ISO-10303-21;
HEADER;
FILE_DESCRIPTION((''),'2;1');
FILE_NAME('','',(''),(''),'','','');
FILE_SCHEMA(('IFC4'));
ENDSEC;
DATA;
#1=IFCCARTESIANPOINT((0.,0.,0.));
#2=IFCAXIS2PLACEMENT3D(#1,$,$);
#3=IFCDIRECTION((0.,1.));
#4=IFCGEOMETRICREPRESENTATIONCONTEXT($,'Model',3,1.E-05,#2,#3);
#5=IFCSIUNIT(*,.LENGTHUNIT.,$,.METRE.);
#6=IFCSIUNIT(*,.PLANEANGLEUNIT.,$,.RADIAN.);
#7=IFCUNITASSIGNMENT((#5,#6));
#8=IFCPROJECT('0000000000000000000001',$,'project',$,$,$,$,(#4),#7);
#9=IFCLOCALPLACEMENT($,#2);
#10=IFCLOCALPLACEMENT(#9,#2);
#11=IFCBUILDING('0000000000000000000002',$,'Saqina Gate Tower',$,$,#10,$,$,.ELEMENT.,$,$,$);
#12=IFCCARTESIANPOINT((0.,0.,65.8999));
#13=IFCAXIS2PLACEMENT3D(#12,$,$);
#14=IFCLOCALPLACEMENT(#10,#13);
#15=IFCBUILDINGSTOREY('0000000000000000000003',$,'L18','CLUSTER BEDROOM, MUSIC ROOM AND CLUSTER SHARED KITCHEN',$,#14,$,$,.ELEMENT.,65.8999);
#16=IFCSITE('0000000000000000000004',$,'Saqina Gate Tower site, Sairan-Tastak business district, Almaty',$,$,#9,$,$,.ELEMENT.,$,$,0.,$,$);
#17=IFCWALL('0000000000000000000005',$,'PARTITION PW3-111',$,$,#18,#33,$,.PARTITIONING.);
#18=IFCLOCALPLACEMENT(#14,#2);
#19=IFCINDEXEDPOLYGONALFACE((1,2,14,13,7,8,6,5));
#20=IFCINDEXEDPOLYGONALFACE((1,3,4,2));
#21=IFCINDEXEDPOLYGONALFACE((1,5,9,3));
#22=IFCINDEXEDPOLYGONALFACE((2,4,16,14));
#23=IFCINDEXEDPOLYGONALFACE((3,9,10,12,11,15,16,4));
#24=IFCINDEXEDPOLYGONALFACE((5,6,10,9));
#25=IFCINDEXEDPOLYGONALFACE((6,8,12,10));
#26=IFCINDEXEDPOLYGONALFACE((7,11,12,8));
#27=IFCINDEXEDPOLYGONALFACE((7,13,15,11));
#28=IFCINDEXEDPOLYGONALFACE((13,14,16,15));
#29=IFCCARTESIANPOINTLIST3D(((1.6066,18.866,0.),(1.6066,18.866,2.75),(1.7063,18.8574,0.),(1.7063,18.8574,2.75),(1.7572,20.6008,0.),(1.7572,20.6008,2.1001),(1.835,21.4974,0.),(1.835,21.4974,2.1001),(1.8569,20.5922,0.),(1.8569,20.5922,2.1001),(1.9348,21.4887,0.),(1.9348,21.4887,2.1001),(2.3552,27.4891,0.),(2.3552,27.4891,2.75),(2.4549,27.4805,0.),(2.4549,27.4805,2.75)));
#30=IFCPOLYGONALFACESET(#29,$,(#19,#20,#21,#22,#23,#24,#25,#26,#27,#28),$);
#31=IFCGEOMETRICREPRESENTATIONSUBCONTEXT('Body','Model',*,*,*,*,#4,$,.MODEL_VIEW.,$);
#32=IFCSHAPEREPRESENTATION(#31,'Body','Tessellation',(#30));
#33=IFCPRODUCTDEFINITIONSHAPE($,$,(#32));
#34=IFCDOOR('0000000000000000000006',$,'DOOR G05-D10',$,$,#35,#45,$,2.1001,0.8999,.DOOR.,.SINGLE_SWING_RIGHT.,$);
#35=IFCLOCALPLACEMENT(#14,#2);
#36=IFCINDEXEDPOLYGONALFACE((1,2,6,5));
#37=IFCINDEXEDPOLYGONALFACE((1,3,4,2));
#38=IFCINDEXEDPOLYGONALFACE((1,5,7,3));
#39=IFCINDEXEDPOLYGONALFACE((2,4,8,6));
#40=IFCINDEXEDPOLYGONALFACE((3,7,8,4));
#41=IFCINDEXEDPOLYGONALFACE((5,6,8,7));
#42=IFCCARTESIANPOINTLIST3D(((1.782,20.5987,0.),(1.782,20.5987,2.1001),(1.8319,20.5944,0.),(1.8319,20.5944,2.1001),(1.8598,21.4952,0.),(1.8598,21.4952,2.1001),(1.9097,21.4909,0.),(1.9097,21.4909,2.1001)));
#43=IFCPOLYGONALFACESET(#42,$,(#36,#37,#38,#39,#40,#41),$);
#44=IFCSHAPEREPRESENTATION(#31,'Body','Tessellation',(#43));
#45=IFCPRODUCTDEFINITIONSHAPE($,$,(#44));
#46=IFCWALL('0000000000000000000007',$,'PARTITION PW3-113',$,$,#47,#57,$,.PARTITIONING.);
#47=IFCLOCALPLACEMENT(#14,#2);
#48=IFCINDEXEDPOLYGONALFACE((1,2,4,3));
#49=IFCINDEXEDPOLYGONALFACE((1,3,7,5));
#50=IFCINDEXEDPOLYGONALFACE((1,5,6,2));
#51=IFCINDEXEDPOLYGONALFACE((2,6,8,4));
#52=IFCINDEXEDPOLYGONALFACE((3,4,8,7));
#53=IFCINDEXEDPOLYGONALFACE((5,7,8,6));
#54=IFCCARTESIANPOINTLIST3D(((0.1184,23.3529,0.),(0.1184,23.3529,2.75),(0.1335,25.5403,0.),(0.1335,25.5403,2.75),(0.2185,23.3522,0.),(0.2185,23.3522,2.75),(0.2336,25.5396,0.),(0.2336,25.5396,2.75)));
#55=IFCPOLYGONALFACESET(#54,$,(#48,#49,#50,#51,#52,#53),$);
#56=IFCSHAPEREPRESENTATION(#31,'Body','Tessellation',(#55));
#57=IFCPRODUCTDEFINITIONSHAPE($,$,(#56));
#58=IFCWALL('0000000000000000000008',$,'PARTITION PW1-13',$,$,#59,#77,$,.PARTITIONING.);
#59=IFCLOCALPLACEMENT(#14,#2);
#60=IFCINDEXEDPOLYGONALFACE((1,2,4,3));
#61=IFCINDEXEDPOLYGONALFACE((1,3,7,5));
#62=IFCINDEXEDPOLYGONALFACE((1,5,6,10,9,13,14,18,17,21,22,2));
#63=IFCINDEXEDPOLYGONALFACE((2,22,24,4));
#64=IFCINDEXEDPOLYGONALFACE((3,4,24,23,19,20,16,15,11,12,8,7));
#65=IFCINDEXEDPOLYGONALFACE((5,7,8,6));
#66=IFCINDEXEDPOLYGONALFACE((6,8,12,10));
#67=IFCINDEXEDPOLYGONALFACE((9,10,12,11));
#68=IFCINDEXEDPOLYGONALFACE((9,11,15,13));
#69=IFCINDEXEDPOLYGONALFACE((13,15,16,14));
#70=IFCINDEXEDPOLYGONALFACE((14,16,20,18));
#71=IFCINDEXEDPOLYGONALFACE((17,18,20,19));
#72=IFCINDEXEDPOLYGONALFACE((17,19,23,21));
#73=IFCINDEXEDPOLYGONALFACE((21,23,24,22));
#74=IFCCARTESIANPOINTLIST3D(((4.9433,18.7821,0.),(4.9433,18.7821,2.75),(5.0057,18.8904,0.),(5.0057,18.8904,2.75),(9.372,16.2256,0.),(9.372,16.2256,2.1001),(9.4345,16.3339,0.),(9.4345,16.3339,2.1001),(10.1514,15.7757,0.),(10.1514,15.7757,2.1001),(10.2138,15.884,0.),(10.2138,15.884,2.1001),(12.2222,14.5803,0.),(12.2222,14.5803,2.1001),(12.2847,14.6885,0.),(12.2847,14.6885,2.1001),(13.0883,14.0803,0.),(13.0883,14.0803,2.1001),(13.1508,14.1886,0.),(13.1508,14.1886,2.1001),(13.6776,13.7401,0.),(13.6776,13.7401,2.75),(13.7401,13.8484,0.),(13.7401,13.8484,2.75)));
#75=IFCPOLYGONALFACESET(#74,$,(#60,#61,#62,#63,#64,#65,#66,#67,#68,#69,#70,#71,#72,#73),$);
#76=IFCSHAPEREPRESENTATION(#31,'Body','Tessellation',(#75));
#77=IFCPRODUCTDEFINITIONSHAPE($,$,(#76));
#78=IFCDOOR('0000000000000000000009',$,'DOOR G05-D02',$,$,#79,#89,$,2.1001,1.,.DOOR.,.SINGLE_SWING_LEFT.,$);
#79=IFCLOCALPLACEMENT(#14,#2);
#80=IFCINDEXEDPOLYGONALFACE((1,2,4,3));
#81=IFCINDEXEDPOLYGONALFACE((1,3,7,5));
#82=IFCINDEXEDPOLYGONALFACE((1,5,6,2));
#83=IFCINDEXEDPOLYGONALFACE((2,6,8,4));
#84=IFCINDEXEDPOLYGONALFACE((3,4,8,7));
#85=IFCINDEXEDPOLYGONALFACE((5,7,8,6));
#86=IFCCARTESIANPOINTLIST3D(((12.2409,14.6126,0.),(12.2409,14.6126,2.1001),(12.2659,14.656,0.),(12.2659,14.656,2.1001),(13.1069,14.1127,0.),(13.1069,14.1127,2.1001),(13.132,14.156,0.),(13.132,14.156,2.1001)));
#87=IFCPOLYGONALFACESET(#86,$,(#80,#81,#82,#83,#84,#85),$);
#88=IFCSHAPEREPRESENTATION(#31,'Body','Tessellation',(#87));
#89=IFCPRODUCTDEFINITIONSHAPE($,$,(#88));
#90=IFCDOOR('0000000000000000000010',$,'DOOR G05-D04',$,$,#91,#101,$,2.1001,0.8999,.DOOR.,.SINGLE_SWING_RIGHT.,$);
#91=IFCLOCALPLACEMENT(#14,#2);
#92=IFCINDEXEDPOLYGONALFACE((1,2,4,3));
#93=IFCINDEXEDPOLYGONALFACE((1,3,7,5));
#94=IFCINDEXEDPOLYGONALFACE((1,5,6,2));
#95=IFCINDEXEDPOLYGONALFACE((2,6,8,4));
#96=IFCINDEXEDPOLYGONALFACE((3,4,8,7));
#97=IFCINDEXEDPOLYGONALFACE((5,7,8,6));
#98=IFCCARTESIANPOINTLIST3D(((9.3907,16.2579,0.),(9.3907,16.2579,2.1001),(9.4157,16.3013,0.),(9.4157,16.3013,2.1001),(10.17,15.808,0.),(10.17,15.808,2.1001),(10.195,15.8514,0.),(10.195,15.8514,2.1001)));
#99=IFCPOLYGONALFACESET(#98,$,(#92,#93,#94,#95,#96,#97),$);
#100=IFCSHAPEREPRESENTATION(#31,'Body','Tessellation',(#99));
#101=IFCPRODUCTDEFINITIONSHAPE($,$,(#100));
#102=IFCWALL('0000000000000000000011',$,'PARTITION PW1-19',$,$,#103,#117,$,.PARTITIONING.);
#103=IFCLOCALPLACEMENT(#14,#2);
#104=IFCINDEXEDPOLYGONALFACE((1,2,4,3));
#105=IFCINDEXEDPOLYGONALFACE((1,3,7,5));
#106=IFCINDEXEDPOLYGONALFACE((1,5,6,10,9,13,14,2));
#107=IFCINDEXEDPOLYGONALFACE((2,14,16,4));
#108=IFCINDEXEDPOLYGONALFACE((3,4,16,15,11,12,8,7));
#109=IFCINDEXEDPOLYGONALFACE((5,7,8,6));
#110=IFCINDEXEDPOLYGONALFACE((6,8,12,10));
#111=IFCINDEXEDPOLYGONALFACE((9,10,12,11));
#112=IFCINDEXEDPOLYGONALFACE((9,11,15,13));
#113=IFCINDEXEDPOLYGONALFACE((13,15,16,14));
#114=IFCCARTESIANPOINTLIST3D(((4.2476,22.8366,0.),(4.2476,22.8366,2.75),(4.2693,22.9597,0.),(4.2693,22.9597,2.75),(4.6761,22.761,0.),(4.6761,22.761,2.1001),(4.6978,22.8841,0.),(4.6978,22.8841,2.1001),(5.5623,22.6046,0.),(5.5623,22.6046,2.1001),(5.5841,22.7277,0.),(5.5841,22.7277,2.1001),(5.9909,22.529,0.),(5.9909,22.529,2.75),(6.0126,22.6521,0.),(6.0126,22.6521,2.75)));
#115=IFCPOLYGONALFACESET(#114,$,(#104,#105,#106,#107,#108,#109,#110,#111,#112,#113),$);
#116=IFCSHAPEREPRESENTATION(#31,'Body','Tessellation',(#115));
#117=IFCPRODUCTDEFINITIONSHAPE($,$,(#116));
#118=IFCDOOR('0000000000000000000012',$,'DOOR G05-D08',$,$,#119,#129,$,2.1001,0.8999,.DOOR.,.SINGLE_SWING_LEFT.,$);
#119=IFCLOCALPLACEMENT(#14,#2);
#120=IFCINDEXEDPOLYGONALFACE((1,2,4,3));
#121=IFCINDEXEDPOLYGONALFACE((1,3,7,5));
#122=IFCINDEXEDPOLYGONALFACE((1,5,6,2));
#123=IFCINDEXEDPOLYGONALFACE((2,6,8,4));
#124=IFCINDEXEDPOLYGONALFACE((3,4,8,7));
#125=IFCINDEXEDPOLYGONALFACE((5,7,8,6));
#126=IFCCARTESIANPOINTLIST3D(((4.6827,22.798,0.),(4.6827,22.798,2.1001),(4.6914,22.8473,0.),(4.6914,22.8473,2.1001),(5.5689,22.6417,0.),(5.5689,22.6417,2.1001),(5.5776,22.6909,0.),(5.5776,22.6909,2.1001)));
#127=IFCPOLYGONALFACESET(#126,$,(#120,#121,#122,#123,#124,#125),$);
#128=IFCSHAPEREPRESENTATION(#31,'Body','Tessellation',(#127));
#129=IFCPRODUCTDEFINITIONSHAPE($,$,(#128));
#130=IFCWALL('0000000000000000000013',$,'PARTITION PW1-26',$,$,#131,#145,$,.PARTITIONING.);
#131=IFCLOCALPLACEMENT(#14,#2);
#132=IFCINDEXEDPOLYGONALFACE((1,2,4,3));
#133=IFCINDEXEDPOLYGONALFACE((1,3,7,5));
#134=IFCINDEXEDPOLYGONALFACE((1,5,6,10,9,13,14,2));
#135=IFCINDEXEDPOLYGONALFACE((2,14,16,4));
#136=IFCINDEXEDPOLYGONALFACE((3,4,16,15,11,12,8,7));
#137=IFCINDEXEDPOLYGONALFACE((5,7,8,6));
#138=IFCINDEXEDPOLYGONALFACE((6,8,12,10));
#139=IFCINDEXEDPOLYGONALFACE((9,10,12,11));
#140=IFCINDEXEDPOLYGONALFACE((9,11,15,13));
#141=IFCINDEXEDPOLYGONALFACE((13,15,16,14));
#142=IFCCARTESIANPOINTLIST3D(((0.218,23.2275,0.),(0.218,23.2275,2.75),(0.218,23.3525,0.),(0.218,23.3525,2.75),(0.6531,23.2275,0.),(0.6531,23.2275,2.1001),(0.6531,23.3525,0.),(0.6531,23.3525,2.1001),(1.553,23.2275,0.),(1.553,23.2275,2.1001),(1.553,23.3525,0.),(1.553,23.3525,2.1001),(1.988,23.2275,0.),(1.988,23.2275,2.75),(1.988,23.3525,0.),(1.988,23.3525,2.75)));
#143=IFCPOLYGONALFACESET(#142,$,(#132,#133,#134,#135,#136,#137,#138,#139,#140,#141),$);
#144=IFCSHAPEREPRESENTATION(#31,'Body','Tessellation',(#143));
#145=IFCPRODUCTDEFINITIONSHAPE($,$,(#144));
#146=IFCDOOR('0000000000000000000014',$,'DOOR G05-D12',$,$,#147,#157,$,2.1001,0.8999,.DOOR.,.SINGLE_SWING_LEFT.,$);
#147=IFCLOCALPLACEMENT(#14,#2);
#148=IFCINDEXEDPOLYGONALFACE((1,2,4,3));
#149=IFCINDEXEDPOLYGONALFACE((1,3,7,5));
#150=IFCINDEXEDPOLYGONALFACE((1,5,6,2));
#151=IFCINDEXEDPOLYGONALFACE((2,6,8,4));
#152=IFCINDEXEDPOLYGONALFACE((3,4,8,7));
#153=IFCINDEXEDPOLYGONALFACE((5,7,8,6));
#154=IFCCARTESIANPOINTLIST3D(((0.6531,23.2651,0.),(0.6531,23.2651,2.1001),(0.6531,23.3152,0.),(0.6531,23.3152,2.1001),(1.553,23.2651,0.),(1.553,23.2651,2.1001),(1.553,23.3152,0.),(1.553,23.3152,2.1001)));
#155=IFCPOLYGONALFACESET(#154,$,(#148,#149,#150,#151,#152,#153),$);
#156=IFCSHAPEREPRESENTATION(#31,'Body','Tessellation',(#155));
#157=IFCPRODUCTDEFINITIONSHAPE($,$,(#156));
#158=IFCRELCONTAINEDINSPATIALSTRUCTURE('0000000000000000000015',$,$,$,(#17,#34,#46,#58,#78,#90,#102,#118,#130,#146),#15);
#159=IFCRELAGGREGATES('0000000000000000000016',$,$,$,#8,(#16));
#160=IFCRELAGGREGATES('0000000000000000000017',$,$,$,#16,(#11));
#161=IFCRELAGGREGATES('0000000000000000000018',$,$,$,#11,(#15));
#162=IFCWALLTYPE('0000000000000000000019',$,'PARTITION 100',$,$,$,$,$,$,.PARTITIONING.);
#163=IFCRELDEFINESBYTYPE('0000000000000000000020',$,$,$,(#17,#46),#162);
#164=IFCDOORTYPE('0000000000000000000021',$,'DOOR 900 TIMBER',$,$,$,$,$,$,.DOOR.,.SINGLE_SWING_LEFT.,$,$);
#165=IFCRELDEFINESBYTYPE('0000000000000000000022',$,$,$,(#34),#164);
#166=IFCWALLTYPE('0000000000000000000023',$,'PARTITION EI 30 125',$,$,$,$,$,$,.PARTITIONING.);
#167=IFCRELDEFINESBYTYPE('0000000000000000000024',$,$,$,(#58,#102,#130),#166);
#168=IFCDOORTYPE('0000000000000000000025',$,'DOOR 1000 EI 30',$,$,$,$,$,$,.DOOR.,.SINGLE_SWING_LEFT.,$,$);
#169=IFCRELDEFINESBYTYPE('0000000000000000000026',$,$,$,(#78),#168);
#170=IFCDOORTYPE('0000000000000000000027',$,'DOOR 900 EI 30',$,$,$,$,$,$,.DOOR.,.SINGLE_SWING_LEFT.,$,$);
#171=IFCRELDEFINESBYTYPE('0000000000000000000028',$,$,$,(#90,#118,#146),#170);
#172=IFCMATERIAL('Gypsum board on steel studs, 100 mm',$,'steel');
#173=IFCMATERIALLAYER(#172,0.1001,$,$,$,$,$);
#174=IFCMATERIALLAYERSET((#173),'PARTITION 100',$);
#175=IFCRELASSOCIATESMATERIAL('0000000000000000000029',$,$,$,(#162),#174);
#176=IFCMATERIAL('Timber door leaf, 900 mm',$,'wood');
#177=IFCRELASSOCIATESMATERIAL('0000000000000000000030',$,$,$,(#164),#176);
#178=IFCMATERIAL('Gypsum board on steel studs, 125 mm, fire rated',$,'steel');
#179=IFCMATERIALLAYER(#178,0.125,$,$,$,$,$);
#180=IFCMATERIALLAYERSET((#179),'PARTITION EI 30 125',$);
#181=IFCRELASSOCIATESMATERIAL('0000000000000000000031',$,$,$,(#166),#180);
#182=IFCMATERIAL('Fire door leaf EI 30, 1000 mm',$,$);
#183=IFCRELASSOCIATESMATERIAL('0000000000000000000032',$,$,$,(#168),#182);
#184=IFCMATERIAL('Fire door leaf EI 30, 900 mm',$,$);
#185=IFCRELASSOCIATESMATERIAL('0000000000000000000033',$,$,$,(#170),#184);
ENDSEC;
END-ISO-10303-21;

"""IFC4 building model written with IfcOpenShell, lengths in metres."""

from ifc_helpers import new_model, si_unit, direction, frame, frame_2d, origin, place, context, subcontext, project, spatial, rectangle, extrude, material, layer, layer_set, type_object, element, fill, save


model = new_model("IFC4")

# Units and contexts
model_context = context("Model", 3, precision=1e-05, world=origin(), true_north=direction((0.0, 1.0)))
body_context = subcontext(model_context, "Body", "Model", "MODEL_VIEW")
ifc_project = project(units=[si_unit("LENGTHUNIT", "METRE"), si_unit("PLANEANGLEUNIT", "RADIAN")], contexts=[model_context])

# Site, building, storey
site_placement = place(None, origin())
site = spatial("IfcSite", under=ifc_project, at=site_placement, Name="Saqina Gate Tower site, Sairan-Tastak business district, Almaty", CompositionType="ELEMENT", RefElevation=0.0)
building_placement = place(site_placement, origin())
building = spatial("IfcBuilding", under=site, at=building_placement, Name="Saqina Gate Tower", CompositionType="ELEMENT")
storey_placement = place(building_placement, frame((0.0, 0.0, 65.8999)))
storey = spatial("IfcBuildingStorey", under=building, at=storey_placement, Name="L18", Description="CLUSTER BEDROOM, MUSIC ROOM AND CLUSTER SHARED KITCHEN", CompositionType="ELEMENT", Elevation=65.8999)

# Shared definitions
ifc_material_1 = material(Name="Gypsum board on steel studs, 100 mm", Category="steel")
ifc_layer_1 = layer(ifc_material_1, 0.1001)
ifc_layer_set_1 = layer_set([ifc_layer_1], Name="PARTITION 100")
wall_type_1 = type_object("IfcWallType", Name="PARTITION 100", PredefinedType="PARTITIONING", material=ifc_layer_set_1)

# Wall, opening, door
wall_1_placement = place(storey_placement, frame((1.6565, 18.8618, 0.0), z_axis=(0.0, 0.0, 1.0), x_axis=(0.086481, 0.996253, 0.0)))
wall_1 = element("IfcWall", 1, at=wall_1_placement, inside=storey, type_object=wall_type_1, Name="PARTITION PW3-111", PredefinedType="PARTITIONING", context=body_context, shape_type="SweptSolid", body=[
    extrude(rectangle(XDim=8.6555, YDim=0.1001, at=frame_2d((4.3276, 0.0))), origin(), (0.0, 0.0, 1.0), 2.75),
])
opening_1_placement = place(wall_1_placement, frame((1.7412, 0.0, 0.0)))
opening_1 = element("IfcOpeningElement", 2, at=opening_1_placement, cuts=wall_1, PredefinedType="OPENING", context=body_context, shape_type="SweptSolid", body=[
    extrude(rectangle(XDim=0.8999, YDim=2.1001, at=frame_2d((0.45, 1.05))), frame((0.0, 0.062, 0.0), z_axis=(0.0, -1.0, 0.0), x_axis=(1.0, 0.0, 0.0)), (0.0, 0.0, 1.0), 0.124),
])
ifc_material_2 = material(Name="Timber door leaf, 900 mm", Category="wood")
door_type_1 = type_object("IfcDoorType", Name="DOOR 900 TIMBER", OperationType="SINGLE_SWING_LEFT", PredefinedType="DOOR", material=ifc_material_2)
door_1_placement = place(opening_1_placement, frame((0.8999, 0.0, 0.0), z_axis=(0.0, 0.0, 1.0), x_axis=(-1.0, 0.0, 0.0)))
door_1 = element("IfcDoor", 3, at=door_1_placement, inside=storey, type_object=door_type_1, Name="DOOR G05-D10", OperationType="SINGLE_SWING_RIGHT", OverallHeight=2.1001, OverallWidth=0.8999, PredefinedType="DOOR", context=body_context, shape_type="SweptSolid", body=[
    extrude(rectangle(XDim=0.8999, YDim=2.1001, at=frame_2d((0.45, 1.05))), frame((0.0, 0.0249, 0.0), z_axis=(0.0, -1.0, 0.0), x_axis=(1.0, 0.0, 0.0)), (0.0, 0.0, 1.0), 0.05),
])
fill(opening_1, door_1)

# Wall
wall_2_placement = place(storey_placement, frame((0.1685, 23.3525, 0.0), z_axis=(0.0, 0.0, 1.0), x_axis=(0.006919, 0.999976, 0.0)))
element("IfcWall", 4, at=wall_2_placement, inside=storey, type_object=wall_type_1, Name="PARTITION PW3-113", PredefinedType="PARTITIONING", context=body_context, shape_type="SweptSolid", body=[
    extrude(rectangle(XDim=2.1875, YDim=0.1001, at=frame_2d((1.0938, 0.0))), origin(), (0.0, 0.0, 1.0), 2.75),
])

# Wall, openings, doors
ifc_material_3 = material(Name="Gypsum board on steel studs, 125 mm, fire rated", Category="steel")
ifc_layer_2 = layer(ifc_material_3, 0.125)
ifc_layer_set_2 = layer_set([ifc_layer_2], Name="PARTITION EI 30 125")
wall_type_2 = type_object("IfcWallType", Name="PARTITION EI 30 125", PredefinedType="PARTITIONING", material=ifc_layer_set_2)
wall_3_placement = place(storey_placement, frame((4.9746, 18.8362, 0.0), z_axis=(0.0, 0.0, 1.0), x_axis=(0.86606, -0.49994, 0.0)))
wall_3 = element("IfcWall", 5, at=wall_3_placement, inside=storey, type_object=wall_type_2, Name="PARTITION PW1-13", PredefinedType="PARTITIONING", context=body_context, shape_type="SweptSolid", body=[
    extrude(rectangle(XDim=10.0852, YDim=0.125, at=frame_2d((5.0425, 0.0))), origin(), (0.0, 0.0, 1.0), 2.75),
])
opening_2_placement = place(wall_3_placement, frame((8.4045, 0.0, 0.0)))
opening_2 = element("IfcOpeningElement", 6, at=opening_2_placement, cuts=wall_3, PredefinedType="OPENING", context=body_context, shape_type="SweptSolid", body=[
    extrude(rectangle(XDim=1.0, YDim=2.1001, at=frame_2d((0.5, 1.05))), frame((0.0, 0.0745, 0.0), z_axis=(0.0, -1.0, 0.0), x_axis=(1.0, 0.0, 0.0)), (0.0, 0.0, 1.0), 0.1489),
])
opening_3_placement = place(wall_3_placement, frame((5.1135, 0.0, 0.0)))
opening_3 = element("IfcOpeningElement", 7, at=opening_3_placement, cuts=wall_3, PredefinedType="OPENING", context=body_context, shape_type="SweptSolid", body=[
    extrude(rectangle(XDim=0.8999, YDim=2.1001, at=frame_2d((0.45, 1.05))), frame((0.0, 0.0745, 0.0), z_axis=(0.0, -1.0, 0.0), x_axis=(1.0, 0.0, 0.0)), (0.0, 0.0, 1.0), 0.1489),
])
ifc_material_4 = material(Name="Fire door leaf EI 30, 1000 mm")
door_type_2 = type_object("IfcDoorType", Name="DOOR 1000 EI 30", OperationType="SINGLE_SWING_LEFT", PredefinedType="DOOR", material=ifc_material_4)
door_2_placement = place(opening_2_placement, origin())
door_2 = element("IfcDoor", 8, at=door_2_placement, inside=storey, type_object=door_type_2, Name="DOOR G05-D02", OperationType="SINGLE_SWING_LEFT", OverallHeight=2.1001, OverallWidth=1.0, PredefinedType="DOOR", context=body_context, shape_type="SweptSolid", body=[
    extrude(rectangle(XDim=1.0, YDim=2.1001, at=frame_2d((0.5, 1.05))), frame((0.0, 0.0249, 0.0), z_axis=(0.0, -1.0, 0.0), x_axis=(1.0, 0.0, 0.0)), (0.0, 0.0, 1.0), 0.05),
])
fill(opening_2, door_2)
ifc_material_5 = material(Name="Fire door leaf EI 30, 900 mm")
door_type_3 = type_object("IfcDoorType", Name="DOOR 900 EI 30", OperationType="SINGLE_SWING_LEFT", PredefinedType="DOOR", material=ifc_material_5)
door_3_placement = place(opening_3_placement, origin())
door_3 = element("IfcDoor", 9, at=door_3_placement, inside=storey, type_object=door_type_3, Name="DOOR G05-D04", OperationType="SINGLE_SWING_RIGHT", OverallHeight=2.1001, OverallWidth=0.8999, PredefinedType="DOOR", context=body_context, shape_type="SweptSolid", body=[
    extrude(rectangle(XDim=0.8999, YDim=2.1001, at=frame_2d((0.45, 1.05))), frame((0.0, 0.0249, 0.0), z_axis=(0.0, -1.0, 0.0), x_axis=(1.0, 0.0, 0.0)), (0.0, 0.0, 1.0), 0.05),
])
fill(opening_3, door_3)

# Walls, openings, doors
wall_4_placement = place(storey_placement, frame((4.2583, 22.8982, 0.0), z_axis=(0.0, 0.0, 1.0), x_axis=(0.984788, -0.173762, 0.0)))
wall_4 = element("IfcWall", 10, at=wall_4_placement, inside=storey, type_object=wall_type_2, Name="PARTITION PW1-19", PredefinedType="PARTITIONING", context=body_context, shape_type="SweptSolid", body=[
    extrude(rectangle(XDim=1.7703, YDim=0.125, at=frame_2d((0.8853, 0.0))), origin(), (0.0, 0.0, 1.0), 2.75),
])
opening_4_placement = place(wall_4_placement, frame((0.4353, 0.0, 0.0)))
opening_4 = element("IfcOpeningElement", 11, at=opening_4_placement, cuts=wall_4, PredefinedType="OPENING", context=body_context, shape_type="SweptSolid", body=[
    extrude(rectangle(XDim=0.8999, YDim=2.1001, at=frame_2d((0.45, 1.05))), frame((0.0, 0.0745, 0.0), z_axis=(0.0, -1.0, 0.0), x_axis=(1.0, 0.0, 0.0)), (0.0, 0.0, 1.0), 0.1489),
])
door_4_placement = place(opening_4_placement, frame((0.8999, 0.0, 0.0), z_axis=(0.0, 0.0, 1.0), x_axis=(-1.0, 0.0, 0.0)))
door_4 = element("IfcDoor", 12, at=door_4_placement, inside=storey, type_object=door_type_3, Name="DOOR G05-D08", OperationType="SINGLE_SWING_LEFT", OverallHeight=2.1001, OverallWidth=0.8999, PredefinedType="DOOR", context=body_context, shape_type="SweptSolid", body=[
    extrude(rectangle(XDim=0.8999, YDim=2.1001, at=frame_2d((0.45, 1.05))), frame((0.0, 0.0249, 0.0), z_axis=(0.0, -1.0, 0.0), x_axis=(1.0, 0.0, 0.0)), (0.0, 0.0, 1.0), 0.05),
])
fill(opening_4, door_4)
wall_5_placement = place(storey_placement, frame((0.218, 23.29, 0.0), z_axis=(0.0, 0.0, 1.0), x_axis=(1.0, 0.0, 0.0)))
wall_5 = element("IfcWall", 13, at=wall_5_placement, inside=storey, type_object=wall_type_2, Name="PARTITION PW1-26", PredefinedType="PARTITIONING", context=body_context, shape_type="SweptSolid", body=[
    extrude(rectangle(XDim=1.77, YDim=0.125, at=frame_2d((0.885, 0.0))), origin(), (0.0, 0.0, 1.0), 2.75),
])
opening_5_placement = place(wall_5_placement, frame((0.4351, 0.0, 0.0)))
opening_5 = element("IfcOpeningElement", 14, at=opening_5_placement, cuts=wall_5, PredefinedType="OPENING", context=body_context, shape_type="SweptSolid", body=[
    extrude(rectangle(XDim=0.8999, YDim=2.1001, at=frame_2d((0.45, 1.05))), frame((0.0, 0.0745, 0.0), z_axis=(0.0, -1.0, 0.0), x_axis=(1.0, 0.0, 0.0)), (0.0, 0.0, 1.0), 0.1489),
])
door_5_placement = place(opening_5_placement, frame((0.8999, 0.0, 0.0), z_axis=(0.0, 0.0, 1.0), x_axis=(-1.0, 0.0, 0.0)))
door_5 = element("IfcDoor", 15, at=door_5_placement, inside=storey, type_object=door_type_3, Name="DOOR G05-D12", OperationType="SINGLE_SWING_LEFT", OverallHeight=2.1001, OverallWidth=0.8999, PredefinedType="DOOR", context=body_context, shape_type="SweptSolid", body=[
    extrude(rectangle(XDim=0.8999, YDim=2.1001, at=frame_2d((0.45, 1.05))), frame((0.0, 0.0249, 0.0), z_axis=(0.0, -1.0, 0.0), x_axis=(1.0, 0.0, 0.0)), (0.0, 0.0, 1.0), 0.05),
])
fill(opening_5, door_5)

save(model, "model.ifc")
